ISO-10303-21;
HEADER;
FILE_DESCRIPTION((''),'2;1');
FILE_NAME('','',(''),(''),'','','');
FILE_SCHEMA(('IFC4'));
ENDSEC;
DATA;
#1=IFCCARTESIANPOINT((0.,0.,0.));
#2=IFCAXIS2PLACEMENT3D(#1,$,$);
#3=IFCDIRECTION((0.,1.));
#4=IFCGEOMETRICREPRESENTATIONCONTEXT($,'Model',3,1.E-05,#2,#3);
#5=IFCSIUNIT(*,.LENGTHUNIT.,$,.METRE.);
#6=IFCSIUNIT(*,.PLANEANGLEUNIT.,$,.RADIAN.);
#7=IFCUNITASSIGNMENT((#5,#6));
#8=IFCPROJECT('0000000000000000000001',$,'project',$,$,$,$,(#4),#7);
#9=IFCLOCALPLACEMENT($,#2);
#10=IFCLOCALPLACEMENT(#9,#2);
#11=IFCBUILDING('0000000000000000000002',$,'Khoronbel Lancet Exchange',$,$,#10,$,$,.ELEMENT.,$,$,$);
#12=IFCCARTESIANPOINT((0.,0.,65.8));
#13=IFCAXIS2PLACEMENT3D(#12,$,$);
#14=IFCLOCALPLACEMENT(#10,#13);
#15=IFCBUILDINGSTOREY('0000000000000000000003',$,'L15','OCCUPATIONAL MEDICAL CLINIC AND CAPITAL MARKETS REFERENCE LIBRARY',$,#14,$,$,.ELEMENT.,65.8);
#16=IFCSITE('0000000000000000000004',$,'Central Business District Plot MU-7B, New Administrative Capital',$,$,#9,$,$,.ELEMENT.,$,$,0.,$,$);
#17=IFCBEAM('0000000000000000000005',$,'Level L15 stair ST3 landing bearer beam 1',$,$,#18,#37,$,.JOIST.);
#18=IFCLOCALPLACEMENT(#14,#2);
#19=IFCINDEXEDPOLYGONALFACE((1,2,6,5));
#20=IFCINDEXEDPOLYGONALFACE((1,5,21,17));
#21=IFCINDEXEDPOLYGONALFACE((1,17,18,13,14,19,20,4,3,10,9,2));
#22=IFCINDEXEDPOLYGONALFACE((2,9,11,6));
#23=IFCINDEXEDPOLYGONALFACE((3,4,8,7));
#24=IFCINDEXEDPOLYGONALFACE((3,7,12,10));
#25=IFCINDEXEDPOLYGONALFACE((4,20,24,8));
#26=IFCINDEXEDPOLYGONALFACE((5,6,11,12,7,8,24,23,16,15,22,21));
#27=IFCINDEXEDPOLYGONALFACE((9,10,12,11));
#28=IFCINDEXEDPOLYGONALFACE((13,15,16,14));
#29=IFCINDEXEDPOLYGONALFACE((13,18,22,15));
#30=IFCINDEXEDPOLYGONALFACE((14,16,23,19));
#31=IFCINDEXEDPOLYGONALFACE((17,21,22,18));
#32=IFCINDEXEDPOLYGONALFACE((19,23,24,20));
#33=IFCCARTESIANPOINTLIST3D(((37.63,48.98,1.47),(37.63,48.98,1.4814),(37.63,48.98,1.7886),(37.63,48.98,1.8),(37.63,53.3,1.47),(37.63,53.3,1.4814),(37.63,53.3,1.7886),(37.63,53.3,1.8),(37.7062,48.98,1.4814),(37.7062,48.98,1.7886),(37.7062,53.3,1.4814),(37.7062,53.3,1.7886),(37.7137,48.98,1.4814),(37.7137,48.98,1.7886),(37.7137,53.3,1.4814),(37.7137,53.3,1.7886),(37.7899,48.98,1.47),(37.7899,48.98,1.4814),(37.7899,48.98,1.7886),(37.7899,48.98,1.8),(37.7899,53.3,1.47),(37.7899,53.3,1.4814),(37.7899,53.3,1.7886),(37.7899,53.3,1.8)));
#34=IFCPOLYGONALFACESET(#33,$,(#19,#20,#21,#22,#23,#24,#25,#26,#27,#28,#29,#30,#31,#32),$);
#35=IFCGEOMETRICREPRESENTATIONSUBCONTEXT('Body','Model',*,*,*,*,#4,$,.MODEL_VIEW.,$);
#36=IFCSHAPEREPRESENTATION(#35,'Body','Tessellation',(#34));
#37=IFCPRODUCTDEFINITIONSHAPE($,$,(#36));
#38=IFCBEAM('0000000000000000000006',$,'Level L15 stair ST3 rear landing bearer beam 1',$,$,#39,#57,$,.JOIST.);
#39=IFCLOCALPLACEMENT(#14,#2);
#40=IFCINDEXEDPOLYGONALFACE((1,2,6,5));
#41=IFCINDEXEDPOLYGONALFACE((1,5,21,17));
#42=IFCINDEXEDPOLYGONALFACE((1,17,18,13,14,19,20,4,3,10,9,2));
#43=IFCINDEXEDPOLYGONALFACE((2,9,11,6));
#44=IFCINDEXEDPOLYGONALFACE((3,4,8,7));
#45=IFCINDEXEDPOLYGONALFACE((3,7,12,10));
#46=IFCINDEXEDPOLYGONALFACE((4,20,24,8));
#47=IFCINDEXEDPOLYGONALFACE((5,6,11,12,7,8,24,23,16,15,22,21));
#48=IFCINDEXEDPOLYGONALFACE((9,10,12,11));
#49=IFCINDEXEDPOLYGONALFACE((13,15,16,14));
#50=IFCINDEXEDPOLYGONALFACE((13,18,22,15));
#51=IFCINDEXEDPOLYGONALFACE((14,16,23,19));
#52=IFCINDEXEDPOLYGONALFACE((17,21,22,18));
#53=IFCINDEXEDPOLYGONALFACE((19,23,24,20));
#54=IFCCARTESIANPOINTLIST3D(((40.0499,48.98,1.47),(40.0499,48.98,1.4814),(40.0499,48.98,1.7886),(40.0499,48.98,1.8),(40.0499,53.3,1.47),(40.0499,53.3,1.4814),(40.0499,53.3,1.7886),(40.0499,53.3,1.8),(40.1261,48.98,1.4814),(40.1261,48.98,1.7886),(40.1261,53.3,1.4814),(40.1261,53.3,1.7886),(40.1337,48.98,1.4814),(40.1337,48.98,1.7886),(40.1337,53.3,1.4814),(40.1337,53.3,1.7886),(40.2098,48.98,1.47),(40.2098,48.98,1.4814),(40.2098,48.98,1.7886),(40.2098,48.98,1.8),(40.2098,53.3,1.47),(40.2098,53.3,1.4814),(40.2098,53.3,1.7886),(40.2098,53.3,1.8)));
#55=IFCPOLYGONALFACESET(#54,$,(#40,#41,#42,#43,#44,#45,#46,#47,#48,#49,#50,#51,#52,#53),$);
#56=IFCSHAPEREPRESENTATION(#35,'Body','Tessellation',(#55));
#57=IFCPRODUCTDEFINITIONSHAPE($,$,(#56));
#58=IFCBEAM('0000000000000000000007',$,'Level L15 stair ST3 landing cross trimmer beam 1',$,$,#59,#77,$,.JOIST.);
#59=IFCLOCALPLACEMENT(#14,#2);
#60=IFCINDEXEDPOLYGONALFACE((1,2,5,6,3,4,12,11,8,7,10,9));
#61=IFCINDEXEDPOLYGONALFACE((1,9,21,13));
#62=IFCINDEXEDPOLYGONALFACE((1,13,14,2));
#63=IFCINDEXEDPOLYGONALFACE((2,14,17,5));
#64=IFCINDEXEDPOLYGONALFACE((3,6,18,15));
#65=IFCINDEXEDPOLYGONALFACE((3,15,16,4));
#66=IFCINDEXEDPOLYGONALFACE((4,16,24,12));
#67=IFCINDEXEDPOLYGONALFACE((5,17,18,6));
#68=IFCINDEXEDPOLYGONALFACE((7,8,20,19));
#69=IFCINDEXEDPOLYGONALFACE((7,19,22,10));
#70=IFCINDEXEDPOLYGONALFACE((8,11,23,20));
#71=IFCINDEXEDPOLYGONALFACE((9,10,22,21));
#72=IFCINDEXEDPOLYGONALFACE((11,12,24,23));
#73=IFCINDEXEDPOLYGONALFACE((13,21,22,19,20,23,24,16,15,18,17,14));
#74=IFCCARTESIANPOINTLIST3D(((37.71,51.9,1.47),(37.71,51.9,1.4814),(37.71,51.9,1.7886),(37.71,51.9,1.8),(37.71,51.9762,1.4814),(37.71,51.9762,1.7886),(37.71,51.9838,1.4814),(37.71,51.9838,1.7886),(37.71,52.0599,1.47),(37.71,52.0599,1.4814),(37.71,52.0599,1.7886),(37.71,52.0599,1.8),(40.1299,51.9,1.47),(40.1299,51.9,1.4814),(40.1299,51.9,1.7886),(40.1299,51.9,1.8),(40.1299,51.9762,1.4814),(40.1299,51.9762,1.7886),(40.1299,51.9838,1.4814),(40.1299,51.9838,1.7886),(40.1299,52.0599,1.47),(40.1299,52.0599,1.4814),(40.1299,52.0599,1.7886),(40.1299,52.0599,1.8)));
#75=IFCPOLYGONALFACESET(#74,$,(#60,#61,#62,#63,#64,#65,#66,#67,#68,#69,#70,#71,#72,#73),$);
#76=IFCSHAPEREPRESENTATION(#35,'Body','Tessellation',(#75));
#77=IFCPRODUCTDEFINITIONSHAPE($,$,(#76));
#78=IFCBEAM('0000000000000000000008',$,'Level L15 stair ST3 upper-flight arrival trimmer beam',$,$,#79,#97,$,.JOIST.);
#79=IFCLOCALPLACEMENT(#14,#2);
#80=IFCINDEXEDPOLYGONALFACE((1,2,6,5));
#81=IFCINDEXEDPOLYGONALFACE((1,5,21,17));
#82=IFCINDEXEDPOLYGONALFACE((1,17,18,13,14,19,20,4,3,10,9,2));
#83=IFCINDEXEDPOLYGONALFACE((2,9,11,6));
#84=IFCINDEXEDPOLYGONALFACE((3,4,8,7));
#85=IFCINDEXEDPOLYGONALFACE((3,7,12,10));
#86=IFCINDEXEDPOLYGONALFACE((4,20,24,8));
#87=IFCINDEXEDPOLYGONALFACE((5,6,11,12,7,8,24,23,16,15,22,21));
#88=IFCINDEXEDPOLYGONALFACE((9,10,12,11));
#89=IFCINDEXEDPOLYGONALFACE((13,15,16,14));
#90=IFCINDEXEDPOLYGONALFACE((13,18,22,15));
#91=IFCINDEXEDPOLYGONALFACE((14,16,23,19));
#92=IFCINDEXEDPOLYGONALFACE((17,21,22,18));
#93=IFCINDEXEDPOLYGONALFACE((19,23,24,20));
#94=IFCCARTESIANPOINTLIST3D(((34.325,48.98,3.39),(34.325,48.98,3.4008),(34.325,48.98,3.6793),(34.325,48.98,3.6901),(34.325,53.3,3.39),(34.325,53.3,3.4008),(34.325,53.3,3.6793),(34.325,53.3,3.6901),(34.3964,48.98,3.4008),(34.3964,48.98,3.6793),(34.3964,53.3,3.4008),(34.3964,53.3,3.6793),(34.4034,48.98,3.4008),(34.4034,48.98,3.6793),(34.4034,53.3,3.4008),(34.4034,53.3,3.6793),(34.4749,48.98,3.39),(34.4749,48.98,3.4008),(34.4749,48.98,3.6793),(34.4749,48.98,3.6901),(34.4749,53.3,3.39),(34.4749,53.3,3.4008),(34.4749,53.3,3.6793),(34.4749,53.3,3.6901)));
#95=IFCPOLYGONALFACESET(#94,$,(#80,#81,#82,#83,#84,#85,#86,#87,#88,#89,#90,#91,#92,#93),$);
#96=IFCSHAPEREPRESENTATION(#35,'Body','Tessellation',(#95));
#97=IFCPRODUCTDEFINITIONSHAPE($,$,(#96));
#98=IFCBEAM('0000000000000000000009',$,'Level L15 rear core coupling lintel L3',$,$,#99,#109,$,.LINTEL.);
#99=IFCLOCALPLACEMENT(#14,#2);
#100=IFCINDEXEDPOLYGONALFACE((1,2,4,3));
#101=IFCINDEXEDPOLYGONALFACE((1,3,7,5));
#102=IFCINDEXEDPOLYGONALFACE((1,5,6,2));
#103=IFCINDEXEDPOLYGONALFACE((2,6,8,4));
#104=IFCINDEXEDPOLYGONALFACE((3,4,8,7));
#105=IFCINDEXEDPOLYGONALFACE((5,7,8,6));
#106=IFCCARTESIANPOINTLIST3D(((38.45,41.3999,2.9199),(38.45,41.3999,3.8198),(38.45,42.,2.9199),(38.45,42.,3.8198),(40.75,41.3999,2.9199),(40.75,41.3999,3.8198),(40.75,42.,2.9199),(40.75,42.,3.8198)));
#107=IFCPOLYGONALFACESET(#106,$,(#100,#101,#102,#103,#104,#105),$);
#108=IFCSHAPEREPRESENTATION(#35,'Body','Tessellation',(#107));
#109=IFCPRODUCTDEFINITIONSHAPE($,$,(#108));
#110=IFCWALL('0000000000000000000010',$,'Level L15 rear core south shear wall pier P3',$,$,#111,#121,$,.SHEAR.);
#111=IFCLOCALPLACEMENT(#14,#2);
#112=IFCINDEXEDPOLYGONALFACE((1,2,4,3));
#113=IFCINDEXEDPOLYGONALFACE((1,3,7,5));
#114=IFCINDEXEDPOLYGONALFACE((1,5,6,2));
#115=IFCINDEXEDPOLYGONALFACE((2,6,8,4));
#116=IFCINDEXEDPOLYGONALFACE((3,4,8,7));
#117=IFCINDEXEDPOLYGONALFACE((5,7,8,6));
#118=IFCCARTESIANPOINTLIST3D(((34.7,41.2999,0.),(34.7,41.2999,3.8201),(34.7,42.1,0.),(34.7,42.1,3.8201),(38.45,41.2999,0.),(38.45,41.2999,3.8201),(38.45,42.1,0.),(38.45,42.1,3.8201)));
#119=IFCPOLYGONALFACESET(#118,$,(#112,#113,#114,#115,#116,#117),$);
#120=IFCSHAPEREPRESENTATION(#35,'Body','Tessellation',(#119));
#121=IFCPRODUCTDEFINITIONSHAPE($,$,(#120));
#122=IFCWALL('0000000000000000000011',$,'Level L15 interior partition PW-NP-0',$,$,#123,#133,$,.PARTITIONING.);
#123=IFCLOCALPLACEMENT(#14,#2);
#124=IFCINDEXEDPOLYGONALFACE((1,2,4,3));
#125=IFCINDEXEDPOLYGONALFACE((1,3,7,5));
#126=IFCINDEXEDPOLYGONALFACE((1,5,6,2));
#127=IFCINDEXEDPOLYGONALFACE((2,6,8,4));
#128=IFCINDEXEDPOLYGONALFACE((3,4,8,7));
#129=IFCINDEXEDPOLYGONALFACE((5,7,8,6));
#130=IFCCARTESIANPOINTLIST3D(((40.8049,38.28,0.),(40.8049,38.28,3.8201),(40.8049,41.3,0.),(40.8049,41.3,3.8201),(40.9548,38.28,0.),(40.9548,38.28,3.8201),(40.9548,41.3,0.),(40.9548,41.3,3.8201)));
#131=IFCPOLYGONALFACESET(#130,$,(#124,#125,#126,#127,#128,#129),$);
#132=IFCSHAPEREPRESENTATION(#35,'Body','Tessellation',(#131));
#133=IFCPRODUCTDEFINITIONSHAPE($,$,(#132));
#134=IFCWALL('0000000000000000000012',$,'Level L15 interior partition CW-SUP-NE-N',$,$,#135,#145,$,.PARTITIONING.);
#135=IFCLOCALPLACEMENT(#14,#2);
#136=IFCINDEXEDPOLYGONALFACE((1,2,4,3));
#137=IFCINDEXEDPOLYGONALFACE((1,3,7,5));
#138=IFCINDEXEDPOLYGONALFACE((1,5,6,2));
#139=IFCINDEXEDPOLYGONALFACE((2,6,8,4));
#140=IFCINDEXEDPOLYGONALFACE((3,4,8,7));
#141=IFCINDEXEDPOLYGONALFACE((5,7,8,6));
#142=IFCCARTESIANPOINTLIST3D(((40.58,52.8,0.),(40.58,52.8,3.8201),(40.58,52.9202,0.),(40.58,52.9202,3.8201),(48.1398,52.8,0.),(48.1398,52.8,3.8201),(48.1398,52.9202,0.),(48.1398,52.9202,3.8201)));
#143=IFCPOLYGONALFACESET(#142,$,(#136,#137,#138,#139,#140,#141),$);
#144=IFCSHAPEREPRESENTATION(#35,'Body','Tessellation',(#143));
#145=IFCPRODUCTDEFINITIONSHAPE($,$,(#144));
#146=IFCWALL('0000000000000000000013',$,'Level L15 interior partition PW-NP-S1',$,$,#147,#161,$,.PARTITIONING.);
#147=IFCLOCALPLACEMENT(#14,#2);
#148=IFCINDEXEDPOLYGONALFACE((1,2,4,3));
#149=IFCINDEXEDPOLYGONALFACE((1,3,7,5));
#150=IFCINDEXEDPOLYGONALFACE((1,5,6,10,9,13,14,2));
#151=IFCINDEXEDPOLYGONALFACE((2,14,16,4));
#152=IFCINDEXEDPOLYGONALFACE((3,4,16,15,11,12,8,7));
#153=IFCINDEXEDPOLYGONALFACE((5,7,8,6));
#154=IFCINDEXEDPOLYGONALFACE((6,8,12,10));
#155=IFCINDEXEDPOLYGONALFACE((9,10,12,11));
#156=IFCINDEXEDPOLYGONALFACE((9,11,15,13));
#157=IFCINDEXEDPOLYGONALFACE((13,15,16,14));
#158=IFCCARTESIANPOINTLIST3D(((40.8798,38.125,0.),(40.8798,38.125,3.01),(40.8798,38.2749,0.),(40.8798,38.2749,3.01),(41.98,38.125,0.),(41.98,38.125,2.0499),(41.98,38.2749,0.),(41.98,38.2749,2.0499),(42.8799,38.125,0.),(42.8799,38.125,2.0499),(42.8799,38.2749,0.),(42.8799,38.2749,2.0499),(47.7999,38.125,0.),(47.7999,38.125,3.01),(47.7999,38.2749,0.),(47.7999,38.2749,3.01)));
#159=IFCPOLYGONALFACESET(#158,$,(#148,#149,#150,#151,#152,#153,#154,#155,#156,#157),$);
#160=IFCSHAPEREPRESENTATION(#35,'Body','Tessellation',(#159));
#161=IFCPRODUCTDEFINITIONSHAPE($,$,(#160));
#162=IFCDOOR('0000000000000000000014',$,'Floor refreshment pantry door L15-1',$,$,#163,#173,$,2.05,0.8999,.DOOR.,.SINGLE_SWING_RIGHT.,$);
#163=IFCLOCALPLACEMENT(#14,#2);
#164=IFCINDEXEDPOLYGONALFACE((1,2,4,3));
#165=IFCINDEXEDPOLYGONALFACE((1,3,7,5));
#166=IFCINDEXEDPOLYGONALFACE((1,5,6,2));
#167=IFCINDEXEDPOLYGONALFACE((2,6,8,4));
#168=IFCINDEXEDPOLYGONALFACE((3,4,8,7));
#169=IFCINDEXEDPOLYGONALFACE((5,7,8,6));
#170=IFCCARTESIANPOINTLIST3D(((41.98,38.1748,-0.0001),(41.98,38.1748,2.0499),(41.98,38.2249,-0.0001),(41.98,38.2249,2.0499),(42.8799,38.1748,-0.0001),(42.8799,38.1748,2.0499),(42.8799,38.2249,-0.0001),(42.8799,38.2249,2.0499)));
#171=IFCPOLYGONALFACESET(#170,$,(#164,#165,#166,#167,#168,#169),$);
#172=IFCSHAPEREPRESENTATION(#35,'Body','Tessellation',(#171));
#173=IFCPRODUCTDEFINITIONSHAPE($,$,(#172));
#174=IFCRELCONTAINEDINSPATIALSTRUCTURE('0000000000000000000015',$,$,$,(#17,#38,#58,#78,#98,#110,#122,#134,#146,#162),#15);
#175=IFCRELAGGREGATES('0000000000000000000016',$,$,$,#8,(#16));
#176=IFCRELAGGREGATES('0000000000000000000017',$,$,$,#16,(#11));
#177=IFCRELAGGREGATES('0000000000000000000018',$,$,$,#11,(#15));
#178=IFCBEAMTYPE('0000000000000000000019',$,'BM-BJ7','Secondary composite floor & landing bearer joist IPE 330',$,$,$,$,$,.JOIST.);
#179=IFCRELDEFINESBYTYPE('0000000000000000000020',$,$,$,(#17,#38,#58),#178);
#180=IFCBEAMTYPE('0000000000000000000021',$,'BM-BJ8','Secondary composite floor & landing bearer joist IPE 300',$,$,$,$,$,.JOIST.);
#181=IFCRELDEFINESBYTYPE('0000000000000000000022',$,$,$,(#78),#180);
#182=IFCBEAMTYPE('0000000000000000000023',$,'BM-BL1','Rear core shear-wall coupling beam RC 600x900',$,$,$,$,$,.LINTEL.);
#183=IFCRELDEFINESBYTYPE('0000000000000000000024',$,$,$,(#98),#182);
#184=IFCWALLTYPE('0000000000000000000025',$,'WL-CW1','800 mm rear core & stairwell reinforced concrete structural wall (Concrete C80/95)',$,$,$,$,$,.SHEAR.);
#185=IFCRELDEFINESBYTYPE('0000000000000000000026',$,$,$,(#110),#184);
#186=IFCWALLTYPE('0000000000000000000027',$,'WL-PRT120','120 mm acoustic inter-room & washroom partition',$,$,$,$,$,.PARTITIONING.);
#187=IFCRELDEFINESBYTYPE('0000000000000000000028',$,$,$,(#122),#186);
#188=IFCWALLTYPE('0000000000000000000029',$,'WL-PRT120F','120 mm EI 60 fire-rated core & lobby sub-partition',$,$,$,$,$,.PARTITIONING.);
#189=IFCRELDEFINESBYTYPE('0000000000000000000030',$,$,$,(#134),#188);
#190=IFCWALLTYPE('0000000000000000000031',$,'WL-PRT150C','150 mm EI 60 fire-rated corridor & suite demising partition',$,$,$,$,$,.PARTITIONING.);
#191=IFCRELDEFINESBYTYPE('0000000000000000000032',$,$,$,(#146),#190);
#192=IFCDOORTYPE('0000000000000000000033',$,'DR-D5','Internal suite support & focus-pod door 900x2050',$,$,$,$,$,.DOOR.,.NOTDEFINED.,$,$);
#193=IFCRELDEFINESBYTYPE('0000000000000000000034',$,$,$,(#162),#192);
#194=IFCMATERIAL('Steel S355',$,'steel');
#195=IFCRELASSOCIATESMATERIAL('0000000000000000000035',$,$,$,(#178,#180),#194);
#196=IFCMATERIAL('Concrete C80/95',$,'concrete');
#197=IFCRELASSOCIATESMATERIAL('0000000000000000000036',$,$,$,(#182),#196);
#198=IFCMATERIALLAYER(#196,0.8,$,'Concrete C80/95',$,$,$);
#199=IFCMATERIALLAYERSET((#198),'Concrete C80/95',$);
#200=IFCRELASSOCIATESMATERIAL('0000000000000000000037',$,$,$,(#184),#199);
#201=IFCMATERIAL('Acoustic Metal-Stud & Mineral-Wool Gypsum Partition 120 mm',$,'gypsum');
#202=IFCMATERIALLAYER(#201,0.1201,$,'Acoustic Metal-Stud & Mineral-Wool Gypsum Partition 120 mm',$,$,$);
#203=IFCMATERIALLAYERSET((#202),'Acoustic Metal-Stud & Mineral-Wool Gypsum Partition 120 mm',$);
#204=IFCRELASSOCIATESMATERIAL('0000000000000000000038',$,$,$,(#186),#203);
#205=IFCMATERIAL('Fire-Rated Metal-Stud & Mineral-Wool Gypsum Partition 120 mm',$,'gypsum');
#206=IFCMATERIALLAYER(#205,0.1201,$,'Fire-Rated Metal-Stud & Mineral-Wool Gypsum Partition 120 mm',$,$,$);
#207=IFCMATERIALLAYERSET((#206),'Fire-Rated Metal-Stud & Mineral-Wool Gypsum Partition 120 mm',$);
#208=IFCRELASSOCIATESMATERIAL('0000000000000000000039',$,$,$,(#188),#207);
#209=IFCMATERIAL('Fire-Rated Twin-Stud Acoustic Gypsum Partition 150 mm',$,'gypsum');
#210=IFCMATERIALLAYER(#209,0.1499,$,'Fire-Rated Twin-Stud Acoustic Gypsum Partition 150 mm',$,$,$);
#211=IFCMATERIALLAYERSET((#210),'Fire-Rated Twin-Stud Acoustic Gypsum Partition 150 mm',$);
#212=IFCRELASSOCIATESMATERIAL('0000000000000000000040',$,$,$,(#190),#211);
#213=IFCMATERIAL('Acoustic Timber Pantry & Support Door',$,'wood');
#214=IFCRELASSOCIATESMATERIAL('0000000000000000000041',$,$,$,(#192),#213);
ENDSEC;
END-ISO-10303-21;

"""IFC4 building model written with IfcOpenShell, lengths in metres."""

from ifc_helpers import new_model, si_unit, direction, frame, frame_2d, origin, origin_2d, place, context, subcontext, project, spatial, rectangle, i_section, extrude, material, layer, layer_set, material_profile, profile_set, type_object, element, fill, save


model = new_model("IFC4")

# Units and contexts
model_context = context("Model", 3, precision=1e-05, world=origin(), true_north=direction((0.0, 1.0)))
body_context = subcontext(model_context, "Body", "Model", "MODEL_VIEW")
ifc_project = project(units=[si_unit("LENGTHUNIT", "METRE"), si_unit("PLANEANGLEUNIT", "RADIAN")], contexts=[model_context])

# Site, building, storey
site_placement = place(None, origin())
site = spatial("IfcSite", under=ifc_project, at=site_placement, Name="Central Business District Plot MU-7B, New Administrative Capital", CompositionType="ELEMENT", RefElevation=0.0)
building_placement = place(site_placement, origin())
building = spatial("IfcBuilding", under=site, at=building_placement, Name="Khoronbel Lancet Exchange", CompositionType="ELEMENT")
storey_placement = place(building_placement, frame((0.0, 0.0, 65.8)))
storey = spatial("IfcBuildingStorey", under=building, at=storey_placement, Name="L15", Description="OCCUPATIONAL MEDICAL CLINIC AND CAPITAL MARKETS REFERENCE LIBRARY", CompositionType="ELEMENT", Elevation=65.8)

# Beams
ifc_material_1 = material(Name="Steel S355", Category="steel")
ifc_material_profile_1 = material_profile(ifc_material_1, i_section(OverallWidth=0.1599, OverallDepth=0.3301, WebThickness=0.0076, FlangeThickness=0.0115, at=origin_2d()), Name="IPE 330")
ifc_profile_set_1 = profile_set([ifc_material_profile_1], Name="Steel S355")
beam_type_1 = type_object("IfcBeamType", Name="BM-BJ7", Description="Secondary composite floor & landing bearer joist IPE 330", PredefinedType="JOIST", material=ifc_profile_set_1)
for number, where, z_axis, x_axis, name in (
    (1, (37.71, 48.98, 1.635), (0.0, 1.0, 0.0), (-1.0, 0.0, 0.0), "Level L15 stair ST3 landing bearer beam 1"),
    (2, (40.1299, 48.98, 1.635), (0.0, 1.0, 0.0), (-1.0, 0.0, 0.0), "Level L15 stair ST3 rear landing bearer beam 1"),
):
    element("IfcBeam", number, at=place(storey_placement, frame(where, z_axis=z_axis, x_axis=x_axis)), inside=storey, type_object=beam_type_1, Name=name, PredefinedType="JOIST", context=body_context, shape_type="SweptSolid", body=[
        extrude(i_section(OverallWidth=0.1599, OverallDepth=0.3301, WebThickness=0.0076, FlangeThickness=0.0115, at=origin_2d()), origin(), (0.0, 0.0, 1.0), 4.3201),
    ])
beam_1_placement = place(storey_placement, frame((37.71, 51.98, 1.635), z_axis=(1.0, 0.0, 0.0), x_axis=(0.0, 1.0, 0.0)))
element("IfcBeam", 3, at=beam_1_placement, inside=storey, type_object=beam_type_1, Name="Level L15 stair ST3 landing cross trimmer beam 1", PredefinedType="JOIST", context=body_context, shape_type="SweptSolid", body=[
    extrude(i_section(OverallWidth=0.1599, OverallDepth=0.3301, WebThickness=0.0076, FlangeThickness=0.0115, at=origin_2d()), origin(), (0.0, 0.0, 1.0), 2.4199),
])
ifc_material_profile_2 = material_profile(ifc_material_1, i_section(OverallWidth=0.1499, OverallDepth=0.3, WebThickness=0.0071, FlangeThickness=0.0107, at=origin_2d()), Name="IPE 300")
ifc_profile_set_2 = profile_set([ifc_material_profile_2], Name="Steel S355")
beam_type_2 = type_object("IfcBeamType", Name="BM-BJ8", Description="Secondary composite floor & landing bearer joist IPE 300", PredefinedType="JOIST", material=ifc_profile_set_2)
beam_2_placement = place(storey_placement, frame((34.3999, 48.98, 3.54), z_axis=(0.0, 1.0, 0.0), x_axis=(-1.0, 0.0, 0.0)))
element("IfcBeam", 4, at=beam_2_placement, inside=storey, type_object=beam_type_2, Name="Level L15 stair ST3 upper-flight arrival trimmer beam", PredefinedType="JOIST", context=body_context, shape_type="SweptSolid", body=[
    extrude(i_section(OverallWidth=0.1499, OverallDepth=0.3, WebThickness=0.0071, FlangeThickness=0.0107, at=origin_2d()), origin(), (0.0, 0.0, 1.0), 4.3201),
])
ifc_material_2 = material(Name="Concrete C80/95", Category="concrete")
ifc_material_profile_3 = material_profile(ifc_material_2, rectangle(XDim=0.6001, YDim=0.8999, at=origin_2d()), Name="RC 600x900")
ifc_profile_set_3 = profile_set([ifc_material_profile_3], Name="Concrete C80/95")
beam_type_3 = type_object("IfcBeamType", Name="BM-BL1", Description="Rear core shear-wall coupling beam RC 600x900", PredefinedType="LINTEL", material=ifc_profile_set_3)
beam_3_placement = place(storey_placement, frame((38.45, 41.7, 3.3699), z_axis=(1.0, 0.0, 0.0), x_axis=(0.0, 1.0, 0.0)))
element("IfcBeam", 5, at=beam_3_placement, inside=storey, type_object=beam_type_3, Name="Level L15 rear core coupling lintel L3", PredefinedType="LINTEL", context=body_context, shape_type="SweptSolid", body=[
    extrude(rectangle(XDim=0.6001, YDim=0.8999, at=origin_2d()), origin(), (0.0, 0.0, 1.0), 2.3),
])

# Walls
ifc_layer_1 = layer(ifc_material_2, 0.8, Name="Concrete C80/95")
ifc_layer_set_1 = layer_set([ifc_layer_1], Name="Concrete C80/95")
wall_type_1 = type_object("IfcWallType", Name="WL-CW1", Description="800 mm rear core & stairwell reinforced concrete structural wall (Concrete C80/95)", PredefinedType="SHEAR", material=ifc_layer_set_1)
wall_1_placement = place(storey_placement, frame((38.45, 41.7, 0.0), z_axis=(0.0, 0.0, 1.0), x_axis=(-1.0, 0.0, 0.0)))
element("IfcWall", 6, at=wall_1_placement, inside=storey, type_object=wall_type_1, Name="Level L15 rear core south shear wall pier P3", PredefinedType="SHEAR", context=body_context, shape_type="SweptSolid", body=[
    extrude(rectangle(XDim=3.75, YDim=0.8, at=frame_2d((1.875, 0.0))), origin(), (0.0, 0.0, 1.0), 3.8201),
])
ifc_material_3 = material(Name="Acoustic Metal-Stud & Mineral-Wool Gypsum Partition 120 mm", Category="gypsum")
ifc_layer_2 = layer(ifc_material_3, 0.1201, Name="Acoustic Metal-Stud & Mineral-Wool Gypsum Partition 120 mm")
ifc_layer_set_2 = layer_set([ifc_layer_2], Name="Acoustic Metal-Stud & Mineral-Wool Gypsum Partition 120 mm")
wall_type_2 = type_object("IfcWallType", Name="WL-PRT120", Description="120 mm acoustic inter-room & washroom partition", PredefinedType="PARTITIONING", material=ifc_layer_set_2)
wall_2_placement = place(storey_placement, frame((40.8799, 38.28, 0.0), z_axis=(0.0, 0.0, 1.0), x_axis=(0.0, 1.0, 0.0)))
element("IfcWall", 7, at=wall_2_placement, inside=storey, type_object=wall_type_2, Name="Level L15 interior partition PW-NP-0", PredefinedType="PARTITIONING", context=body_context, shape_type="SweptSolid", body=[
    extrude(rectangle(XDim=3.02, YDim=0.1499, at=frame_2d((1.51, 0.0))), origin(), (0.0, 0.0, 1.0), 3.8201),
])
ifc_material_4 = material(Name="Fire-Rated Metal-Stud & Mineral-Wool Gypsum Partition 120 mm", Category="gypsum")
ifc_layer_3 = layer(ifc_material_4, 0.1201, Name="Fire-Rated Metal-Stud & Mineral-Wool Gypsum Partition 120 mm")
ifc_layer_set_3 = layer_set([ifc_layer_3], Name="Fire-Rated Metal-Stud & Mineral-Wool Gypsum Partition 120 mm")
wall_type_3 = type_object("IfcWallType", Name="WL-PRT120F", Description="120 mm EI 60 fire-rated core & lobby sub-partition", PredefinedType="PARTITIONING", material=ifc_layer_set_3)
wall_3_placement = place(storey_placement, frame((40.5801, 52.8601, 0.0), z_axis=(0.0, 0.0, 1.0), x_axis=(1.0, 0.0, 0.0)))
element("IfcWall", 8, at=wall_3_placement, inside=storey, type_object=wall_type_3, Name="Level L15 interior partition CW-SUP-NE-N", PredefinedType="PARTITIONING", context=body_context, shape_type="SweptSolid", body=[
    extrude(rectangle(XDim=7.5598, YDim=0.1201, at=frame_2d((3.7798, 0.0))), origin(), (0.0, 0.0, 1.0), 3.8201),
])

# Wall, opening, door
ifc_material_5 = material(Name="Fire-Rated Twin-Stud Acoustic Gypsum Partition 150 mm", Category="gypsum")
ifc_layer_4 = layer(ifc_material_5, 0.1499, Name="Fire-Rated Twin-Stud Acoustic Gypsum Partition 150 mm")
ifc_layer_set_4 = layer_set([ifc_layer_4], Name="Fire-Rated Twin-Stud Acoustic Gypsum Partition 150 mm")
wall_type_4 = type_object("IfcWallType", Name="WL-PRT150C", Description="150 mm EI 60 fire-rated corridor & suite demising partition", PredefinedType="PARTITIONING", material=ifc_layer_set_4)
wall_4_placement = place(storey_placement, frame((40.8799, 38.2, 0.0), z_axis=(0.0, 0.0, 1.0), x_axis=(1.0, 0.0, 0.0)))
wall_4 = element("IfcWall", 9, at=wall_4_placement, inside=storey, type_object=wall_type_4, Name="Level L15 interior partition PW-NP-S1", PredefinedType="PARTITIONING", context=body_context, shape_type="SweptSolid", body=[
    extrude(rectangle(XDim=6.9202, YDim=0.1499, at=frame_2d((3.46, 0.0))), origin(), (0.0, 0.0, 1.0), 3.01),
])
opening_1_placement = place(wall_4_placement, frame((1.1001, 0.0, 0.0)))
opening_1 = element("IfcOpeningElement", 10, at=opening_1_placement, cuts=wall_4, PredefinedType="OPENING", context=body_context, shape_type="SweptSolid", body=[
    extrude(rectangle(XDim=0.8999, YDim=2.05, at=frame_2d((0.45, 1.0249))), frame((0.0, 0.085, 0.0), z_axis=(0.0, -1.0, 0.0), x_axis=(1.0, 0.0, 0.0)), (0.0, 0.0, 1.0), 0.1699),
])
ifc_material_6 = material(Name="Acoustic Timber Pantry & Support Door", Category="wood")
door_type_1 = type_object("IfcDoorType", Name="DR-D5", Description="Internal suite support & focus-pod door 900x2050", OperationType="NOTDEFINED", PredefinedType="DOOR", material=ifc_material_6)
door_1_placement = place(opening_1_placement, origin())
door_1 = element("IfcDoor", 11, at=door_1_placement, inside=storey, type_object=door_type_1, Name="Floor refreshment pantry door L15-1", OperationType="SINGLE_SWING_RIGHT", OverallHeight=2.05, OverallWidth=0.8999, PredefinedType="DOOR", context=body_context, shape_type="SweptSolid", body=[
    extrude(rectangle(XDim=0.8999, YDim=2.05, at=frame_2d((0.45, 1.0249))), frame((0.0, 0.0249, 0.0), z_axis=(0.0, -1.0, 0.0), x_axis=(1.0, 0.0, 0.0)), (0.0, 0.0, 1.0), 0.05),
])
fill(opening_1, door_1)

save(model, "model.ifc")
